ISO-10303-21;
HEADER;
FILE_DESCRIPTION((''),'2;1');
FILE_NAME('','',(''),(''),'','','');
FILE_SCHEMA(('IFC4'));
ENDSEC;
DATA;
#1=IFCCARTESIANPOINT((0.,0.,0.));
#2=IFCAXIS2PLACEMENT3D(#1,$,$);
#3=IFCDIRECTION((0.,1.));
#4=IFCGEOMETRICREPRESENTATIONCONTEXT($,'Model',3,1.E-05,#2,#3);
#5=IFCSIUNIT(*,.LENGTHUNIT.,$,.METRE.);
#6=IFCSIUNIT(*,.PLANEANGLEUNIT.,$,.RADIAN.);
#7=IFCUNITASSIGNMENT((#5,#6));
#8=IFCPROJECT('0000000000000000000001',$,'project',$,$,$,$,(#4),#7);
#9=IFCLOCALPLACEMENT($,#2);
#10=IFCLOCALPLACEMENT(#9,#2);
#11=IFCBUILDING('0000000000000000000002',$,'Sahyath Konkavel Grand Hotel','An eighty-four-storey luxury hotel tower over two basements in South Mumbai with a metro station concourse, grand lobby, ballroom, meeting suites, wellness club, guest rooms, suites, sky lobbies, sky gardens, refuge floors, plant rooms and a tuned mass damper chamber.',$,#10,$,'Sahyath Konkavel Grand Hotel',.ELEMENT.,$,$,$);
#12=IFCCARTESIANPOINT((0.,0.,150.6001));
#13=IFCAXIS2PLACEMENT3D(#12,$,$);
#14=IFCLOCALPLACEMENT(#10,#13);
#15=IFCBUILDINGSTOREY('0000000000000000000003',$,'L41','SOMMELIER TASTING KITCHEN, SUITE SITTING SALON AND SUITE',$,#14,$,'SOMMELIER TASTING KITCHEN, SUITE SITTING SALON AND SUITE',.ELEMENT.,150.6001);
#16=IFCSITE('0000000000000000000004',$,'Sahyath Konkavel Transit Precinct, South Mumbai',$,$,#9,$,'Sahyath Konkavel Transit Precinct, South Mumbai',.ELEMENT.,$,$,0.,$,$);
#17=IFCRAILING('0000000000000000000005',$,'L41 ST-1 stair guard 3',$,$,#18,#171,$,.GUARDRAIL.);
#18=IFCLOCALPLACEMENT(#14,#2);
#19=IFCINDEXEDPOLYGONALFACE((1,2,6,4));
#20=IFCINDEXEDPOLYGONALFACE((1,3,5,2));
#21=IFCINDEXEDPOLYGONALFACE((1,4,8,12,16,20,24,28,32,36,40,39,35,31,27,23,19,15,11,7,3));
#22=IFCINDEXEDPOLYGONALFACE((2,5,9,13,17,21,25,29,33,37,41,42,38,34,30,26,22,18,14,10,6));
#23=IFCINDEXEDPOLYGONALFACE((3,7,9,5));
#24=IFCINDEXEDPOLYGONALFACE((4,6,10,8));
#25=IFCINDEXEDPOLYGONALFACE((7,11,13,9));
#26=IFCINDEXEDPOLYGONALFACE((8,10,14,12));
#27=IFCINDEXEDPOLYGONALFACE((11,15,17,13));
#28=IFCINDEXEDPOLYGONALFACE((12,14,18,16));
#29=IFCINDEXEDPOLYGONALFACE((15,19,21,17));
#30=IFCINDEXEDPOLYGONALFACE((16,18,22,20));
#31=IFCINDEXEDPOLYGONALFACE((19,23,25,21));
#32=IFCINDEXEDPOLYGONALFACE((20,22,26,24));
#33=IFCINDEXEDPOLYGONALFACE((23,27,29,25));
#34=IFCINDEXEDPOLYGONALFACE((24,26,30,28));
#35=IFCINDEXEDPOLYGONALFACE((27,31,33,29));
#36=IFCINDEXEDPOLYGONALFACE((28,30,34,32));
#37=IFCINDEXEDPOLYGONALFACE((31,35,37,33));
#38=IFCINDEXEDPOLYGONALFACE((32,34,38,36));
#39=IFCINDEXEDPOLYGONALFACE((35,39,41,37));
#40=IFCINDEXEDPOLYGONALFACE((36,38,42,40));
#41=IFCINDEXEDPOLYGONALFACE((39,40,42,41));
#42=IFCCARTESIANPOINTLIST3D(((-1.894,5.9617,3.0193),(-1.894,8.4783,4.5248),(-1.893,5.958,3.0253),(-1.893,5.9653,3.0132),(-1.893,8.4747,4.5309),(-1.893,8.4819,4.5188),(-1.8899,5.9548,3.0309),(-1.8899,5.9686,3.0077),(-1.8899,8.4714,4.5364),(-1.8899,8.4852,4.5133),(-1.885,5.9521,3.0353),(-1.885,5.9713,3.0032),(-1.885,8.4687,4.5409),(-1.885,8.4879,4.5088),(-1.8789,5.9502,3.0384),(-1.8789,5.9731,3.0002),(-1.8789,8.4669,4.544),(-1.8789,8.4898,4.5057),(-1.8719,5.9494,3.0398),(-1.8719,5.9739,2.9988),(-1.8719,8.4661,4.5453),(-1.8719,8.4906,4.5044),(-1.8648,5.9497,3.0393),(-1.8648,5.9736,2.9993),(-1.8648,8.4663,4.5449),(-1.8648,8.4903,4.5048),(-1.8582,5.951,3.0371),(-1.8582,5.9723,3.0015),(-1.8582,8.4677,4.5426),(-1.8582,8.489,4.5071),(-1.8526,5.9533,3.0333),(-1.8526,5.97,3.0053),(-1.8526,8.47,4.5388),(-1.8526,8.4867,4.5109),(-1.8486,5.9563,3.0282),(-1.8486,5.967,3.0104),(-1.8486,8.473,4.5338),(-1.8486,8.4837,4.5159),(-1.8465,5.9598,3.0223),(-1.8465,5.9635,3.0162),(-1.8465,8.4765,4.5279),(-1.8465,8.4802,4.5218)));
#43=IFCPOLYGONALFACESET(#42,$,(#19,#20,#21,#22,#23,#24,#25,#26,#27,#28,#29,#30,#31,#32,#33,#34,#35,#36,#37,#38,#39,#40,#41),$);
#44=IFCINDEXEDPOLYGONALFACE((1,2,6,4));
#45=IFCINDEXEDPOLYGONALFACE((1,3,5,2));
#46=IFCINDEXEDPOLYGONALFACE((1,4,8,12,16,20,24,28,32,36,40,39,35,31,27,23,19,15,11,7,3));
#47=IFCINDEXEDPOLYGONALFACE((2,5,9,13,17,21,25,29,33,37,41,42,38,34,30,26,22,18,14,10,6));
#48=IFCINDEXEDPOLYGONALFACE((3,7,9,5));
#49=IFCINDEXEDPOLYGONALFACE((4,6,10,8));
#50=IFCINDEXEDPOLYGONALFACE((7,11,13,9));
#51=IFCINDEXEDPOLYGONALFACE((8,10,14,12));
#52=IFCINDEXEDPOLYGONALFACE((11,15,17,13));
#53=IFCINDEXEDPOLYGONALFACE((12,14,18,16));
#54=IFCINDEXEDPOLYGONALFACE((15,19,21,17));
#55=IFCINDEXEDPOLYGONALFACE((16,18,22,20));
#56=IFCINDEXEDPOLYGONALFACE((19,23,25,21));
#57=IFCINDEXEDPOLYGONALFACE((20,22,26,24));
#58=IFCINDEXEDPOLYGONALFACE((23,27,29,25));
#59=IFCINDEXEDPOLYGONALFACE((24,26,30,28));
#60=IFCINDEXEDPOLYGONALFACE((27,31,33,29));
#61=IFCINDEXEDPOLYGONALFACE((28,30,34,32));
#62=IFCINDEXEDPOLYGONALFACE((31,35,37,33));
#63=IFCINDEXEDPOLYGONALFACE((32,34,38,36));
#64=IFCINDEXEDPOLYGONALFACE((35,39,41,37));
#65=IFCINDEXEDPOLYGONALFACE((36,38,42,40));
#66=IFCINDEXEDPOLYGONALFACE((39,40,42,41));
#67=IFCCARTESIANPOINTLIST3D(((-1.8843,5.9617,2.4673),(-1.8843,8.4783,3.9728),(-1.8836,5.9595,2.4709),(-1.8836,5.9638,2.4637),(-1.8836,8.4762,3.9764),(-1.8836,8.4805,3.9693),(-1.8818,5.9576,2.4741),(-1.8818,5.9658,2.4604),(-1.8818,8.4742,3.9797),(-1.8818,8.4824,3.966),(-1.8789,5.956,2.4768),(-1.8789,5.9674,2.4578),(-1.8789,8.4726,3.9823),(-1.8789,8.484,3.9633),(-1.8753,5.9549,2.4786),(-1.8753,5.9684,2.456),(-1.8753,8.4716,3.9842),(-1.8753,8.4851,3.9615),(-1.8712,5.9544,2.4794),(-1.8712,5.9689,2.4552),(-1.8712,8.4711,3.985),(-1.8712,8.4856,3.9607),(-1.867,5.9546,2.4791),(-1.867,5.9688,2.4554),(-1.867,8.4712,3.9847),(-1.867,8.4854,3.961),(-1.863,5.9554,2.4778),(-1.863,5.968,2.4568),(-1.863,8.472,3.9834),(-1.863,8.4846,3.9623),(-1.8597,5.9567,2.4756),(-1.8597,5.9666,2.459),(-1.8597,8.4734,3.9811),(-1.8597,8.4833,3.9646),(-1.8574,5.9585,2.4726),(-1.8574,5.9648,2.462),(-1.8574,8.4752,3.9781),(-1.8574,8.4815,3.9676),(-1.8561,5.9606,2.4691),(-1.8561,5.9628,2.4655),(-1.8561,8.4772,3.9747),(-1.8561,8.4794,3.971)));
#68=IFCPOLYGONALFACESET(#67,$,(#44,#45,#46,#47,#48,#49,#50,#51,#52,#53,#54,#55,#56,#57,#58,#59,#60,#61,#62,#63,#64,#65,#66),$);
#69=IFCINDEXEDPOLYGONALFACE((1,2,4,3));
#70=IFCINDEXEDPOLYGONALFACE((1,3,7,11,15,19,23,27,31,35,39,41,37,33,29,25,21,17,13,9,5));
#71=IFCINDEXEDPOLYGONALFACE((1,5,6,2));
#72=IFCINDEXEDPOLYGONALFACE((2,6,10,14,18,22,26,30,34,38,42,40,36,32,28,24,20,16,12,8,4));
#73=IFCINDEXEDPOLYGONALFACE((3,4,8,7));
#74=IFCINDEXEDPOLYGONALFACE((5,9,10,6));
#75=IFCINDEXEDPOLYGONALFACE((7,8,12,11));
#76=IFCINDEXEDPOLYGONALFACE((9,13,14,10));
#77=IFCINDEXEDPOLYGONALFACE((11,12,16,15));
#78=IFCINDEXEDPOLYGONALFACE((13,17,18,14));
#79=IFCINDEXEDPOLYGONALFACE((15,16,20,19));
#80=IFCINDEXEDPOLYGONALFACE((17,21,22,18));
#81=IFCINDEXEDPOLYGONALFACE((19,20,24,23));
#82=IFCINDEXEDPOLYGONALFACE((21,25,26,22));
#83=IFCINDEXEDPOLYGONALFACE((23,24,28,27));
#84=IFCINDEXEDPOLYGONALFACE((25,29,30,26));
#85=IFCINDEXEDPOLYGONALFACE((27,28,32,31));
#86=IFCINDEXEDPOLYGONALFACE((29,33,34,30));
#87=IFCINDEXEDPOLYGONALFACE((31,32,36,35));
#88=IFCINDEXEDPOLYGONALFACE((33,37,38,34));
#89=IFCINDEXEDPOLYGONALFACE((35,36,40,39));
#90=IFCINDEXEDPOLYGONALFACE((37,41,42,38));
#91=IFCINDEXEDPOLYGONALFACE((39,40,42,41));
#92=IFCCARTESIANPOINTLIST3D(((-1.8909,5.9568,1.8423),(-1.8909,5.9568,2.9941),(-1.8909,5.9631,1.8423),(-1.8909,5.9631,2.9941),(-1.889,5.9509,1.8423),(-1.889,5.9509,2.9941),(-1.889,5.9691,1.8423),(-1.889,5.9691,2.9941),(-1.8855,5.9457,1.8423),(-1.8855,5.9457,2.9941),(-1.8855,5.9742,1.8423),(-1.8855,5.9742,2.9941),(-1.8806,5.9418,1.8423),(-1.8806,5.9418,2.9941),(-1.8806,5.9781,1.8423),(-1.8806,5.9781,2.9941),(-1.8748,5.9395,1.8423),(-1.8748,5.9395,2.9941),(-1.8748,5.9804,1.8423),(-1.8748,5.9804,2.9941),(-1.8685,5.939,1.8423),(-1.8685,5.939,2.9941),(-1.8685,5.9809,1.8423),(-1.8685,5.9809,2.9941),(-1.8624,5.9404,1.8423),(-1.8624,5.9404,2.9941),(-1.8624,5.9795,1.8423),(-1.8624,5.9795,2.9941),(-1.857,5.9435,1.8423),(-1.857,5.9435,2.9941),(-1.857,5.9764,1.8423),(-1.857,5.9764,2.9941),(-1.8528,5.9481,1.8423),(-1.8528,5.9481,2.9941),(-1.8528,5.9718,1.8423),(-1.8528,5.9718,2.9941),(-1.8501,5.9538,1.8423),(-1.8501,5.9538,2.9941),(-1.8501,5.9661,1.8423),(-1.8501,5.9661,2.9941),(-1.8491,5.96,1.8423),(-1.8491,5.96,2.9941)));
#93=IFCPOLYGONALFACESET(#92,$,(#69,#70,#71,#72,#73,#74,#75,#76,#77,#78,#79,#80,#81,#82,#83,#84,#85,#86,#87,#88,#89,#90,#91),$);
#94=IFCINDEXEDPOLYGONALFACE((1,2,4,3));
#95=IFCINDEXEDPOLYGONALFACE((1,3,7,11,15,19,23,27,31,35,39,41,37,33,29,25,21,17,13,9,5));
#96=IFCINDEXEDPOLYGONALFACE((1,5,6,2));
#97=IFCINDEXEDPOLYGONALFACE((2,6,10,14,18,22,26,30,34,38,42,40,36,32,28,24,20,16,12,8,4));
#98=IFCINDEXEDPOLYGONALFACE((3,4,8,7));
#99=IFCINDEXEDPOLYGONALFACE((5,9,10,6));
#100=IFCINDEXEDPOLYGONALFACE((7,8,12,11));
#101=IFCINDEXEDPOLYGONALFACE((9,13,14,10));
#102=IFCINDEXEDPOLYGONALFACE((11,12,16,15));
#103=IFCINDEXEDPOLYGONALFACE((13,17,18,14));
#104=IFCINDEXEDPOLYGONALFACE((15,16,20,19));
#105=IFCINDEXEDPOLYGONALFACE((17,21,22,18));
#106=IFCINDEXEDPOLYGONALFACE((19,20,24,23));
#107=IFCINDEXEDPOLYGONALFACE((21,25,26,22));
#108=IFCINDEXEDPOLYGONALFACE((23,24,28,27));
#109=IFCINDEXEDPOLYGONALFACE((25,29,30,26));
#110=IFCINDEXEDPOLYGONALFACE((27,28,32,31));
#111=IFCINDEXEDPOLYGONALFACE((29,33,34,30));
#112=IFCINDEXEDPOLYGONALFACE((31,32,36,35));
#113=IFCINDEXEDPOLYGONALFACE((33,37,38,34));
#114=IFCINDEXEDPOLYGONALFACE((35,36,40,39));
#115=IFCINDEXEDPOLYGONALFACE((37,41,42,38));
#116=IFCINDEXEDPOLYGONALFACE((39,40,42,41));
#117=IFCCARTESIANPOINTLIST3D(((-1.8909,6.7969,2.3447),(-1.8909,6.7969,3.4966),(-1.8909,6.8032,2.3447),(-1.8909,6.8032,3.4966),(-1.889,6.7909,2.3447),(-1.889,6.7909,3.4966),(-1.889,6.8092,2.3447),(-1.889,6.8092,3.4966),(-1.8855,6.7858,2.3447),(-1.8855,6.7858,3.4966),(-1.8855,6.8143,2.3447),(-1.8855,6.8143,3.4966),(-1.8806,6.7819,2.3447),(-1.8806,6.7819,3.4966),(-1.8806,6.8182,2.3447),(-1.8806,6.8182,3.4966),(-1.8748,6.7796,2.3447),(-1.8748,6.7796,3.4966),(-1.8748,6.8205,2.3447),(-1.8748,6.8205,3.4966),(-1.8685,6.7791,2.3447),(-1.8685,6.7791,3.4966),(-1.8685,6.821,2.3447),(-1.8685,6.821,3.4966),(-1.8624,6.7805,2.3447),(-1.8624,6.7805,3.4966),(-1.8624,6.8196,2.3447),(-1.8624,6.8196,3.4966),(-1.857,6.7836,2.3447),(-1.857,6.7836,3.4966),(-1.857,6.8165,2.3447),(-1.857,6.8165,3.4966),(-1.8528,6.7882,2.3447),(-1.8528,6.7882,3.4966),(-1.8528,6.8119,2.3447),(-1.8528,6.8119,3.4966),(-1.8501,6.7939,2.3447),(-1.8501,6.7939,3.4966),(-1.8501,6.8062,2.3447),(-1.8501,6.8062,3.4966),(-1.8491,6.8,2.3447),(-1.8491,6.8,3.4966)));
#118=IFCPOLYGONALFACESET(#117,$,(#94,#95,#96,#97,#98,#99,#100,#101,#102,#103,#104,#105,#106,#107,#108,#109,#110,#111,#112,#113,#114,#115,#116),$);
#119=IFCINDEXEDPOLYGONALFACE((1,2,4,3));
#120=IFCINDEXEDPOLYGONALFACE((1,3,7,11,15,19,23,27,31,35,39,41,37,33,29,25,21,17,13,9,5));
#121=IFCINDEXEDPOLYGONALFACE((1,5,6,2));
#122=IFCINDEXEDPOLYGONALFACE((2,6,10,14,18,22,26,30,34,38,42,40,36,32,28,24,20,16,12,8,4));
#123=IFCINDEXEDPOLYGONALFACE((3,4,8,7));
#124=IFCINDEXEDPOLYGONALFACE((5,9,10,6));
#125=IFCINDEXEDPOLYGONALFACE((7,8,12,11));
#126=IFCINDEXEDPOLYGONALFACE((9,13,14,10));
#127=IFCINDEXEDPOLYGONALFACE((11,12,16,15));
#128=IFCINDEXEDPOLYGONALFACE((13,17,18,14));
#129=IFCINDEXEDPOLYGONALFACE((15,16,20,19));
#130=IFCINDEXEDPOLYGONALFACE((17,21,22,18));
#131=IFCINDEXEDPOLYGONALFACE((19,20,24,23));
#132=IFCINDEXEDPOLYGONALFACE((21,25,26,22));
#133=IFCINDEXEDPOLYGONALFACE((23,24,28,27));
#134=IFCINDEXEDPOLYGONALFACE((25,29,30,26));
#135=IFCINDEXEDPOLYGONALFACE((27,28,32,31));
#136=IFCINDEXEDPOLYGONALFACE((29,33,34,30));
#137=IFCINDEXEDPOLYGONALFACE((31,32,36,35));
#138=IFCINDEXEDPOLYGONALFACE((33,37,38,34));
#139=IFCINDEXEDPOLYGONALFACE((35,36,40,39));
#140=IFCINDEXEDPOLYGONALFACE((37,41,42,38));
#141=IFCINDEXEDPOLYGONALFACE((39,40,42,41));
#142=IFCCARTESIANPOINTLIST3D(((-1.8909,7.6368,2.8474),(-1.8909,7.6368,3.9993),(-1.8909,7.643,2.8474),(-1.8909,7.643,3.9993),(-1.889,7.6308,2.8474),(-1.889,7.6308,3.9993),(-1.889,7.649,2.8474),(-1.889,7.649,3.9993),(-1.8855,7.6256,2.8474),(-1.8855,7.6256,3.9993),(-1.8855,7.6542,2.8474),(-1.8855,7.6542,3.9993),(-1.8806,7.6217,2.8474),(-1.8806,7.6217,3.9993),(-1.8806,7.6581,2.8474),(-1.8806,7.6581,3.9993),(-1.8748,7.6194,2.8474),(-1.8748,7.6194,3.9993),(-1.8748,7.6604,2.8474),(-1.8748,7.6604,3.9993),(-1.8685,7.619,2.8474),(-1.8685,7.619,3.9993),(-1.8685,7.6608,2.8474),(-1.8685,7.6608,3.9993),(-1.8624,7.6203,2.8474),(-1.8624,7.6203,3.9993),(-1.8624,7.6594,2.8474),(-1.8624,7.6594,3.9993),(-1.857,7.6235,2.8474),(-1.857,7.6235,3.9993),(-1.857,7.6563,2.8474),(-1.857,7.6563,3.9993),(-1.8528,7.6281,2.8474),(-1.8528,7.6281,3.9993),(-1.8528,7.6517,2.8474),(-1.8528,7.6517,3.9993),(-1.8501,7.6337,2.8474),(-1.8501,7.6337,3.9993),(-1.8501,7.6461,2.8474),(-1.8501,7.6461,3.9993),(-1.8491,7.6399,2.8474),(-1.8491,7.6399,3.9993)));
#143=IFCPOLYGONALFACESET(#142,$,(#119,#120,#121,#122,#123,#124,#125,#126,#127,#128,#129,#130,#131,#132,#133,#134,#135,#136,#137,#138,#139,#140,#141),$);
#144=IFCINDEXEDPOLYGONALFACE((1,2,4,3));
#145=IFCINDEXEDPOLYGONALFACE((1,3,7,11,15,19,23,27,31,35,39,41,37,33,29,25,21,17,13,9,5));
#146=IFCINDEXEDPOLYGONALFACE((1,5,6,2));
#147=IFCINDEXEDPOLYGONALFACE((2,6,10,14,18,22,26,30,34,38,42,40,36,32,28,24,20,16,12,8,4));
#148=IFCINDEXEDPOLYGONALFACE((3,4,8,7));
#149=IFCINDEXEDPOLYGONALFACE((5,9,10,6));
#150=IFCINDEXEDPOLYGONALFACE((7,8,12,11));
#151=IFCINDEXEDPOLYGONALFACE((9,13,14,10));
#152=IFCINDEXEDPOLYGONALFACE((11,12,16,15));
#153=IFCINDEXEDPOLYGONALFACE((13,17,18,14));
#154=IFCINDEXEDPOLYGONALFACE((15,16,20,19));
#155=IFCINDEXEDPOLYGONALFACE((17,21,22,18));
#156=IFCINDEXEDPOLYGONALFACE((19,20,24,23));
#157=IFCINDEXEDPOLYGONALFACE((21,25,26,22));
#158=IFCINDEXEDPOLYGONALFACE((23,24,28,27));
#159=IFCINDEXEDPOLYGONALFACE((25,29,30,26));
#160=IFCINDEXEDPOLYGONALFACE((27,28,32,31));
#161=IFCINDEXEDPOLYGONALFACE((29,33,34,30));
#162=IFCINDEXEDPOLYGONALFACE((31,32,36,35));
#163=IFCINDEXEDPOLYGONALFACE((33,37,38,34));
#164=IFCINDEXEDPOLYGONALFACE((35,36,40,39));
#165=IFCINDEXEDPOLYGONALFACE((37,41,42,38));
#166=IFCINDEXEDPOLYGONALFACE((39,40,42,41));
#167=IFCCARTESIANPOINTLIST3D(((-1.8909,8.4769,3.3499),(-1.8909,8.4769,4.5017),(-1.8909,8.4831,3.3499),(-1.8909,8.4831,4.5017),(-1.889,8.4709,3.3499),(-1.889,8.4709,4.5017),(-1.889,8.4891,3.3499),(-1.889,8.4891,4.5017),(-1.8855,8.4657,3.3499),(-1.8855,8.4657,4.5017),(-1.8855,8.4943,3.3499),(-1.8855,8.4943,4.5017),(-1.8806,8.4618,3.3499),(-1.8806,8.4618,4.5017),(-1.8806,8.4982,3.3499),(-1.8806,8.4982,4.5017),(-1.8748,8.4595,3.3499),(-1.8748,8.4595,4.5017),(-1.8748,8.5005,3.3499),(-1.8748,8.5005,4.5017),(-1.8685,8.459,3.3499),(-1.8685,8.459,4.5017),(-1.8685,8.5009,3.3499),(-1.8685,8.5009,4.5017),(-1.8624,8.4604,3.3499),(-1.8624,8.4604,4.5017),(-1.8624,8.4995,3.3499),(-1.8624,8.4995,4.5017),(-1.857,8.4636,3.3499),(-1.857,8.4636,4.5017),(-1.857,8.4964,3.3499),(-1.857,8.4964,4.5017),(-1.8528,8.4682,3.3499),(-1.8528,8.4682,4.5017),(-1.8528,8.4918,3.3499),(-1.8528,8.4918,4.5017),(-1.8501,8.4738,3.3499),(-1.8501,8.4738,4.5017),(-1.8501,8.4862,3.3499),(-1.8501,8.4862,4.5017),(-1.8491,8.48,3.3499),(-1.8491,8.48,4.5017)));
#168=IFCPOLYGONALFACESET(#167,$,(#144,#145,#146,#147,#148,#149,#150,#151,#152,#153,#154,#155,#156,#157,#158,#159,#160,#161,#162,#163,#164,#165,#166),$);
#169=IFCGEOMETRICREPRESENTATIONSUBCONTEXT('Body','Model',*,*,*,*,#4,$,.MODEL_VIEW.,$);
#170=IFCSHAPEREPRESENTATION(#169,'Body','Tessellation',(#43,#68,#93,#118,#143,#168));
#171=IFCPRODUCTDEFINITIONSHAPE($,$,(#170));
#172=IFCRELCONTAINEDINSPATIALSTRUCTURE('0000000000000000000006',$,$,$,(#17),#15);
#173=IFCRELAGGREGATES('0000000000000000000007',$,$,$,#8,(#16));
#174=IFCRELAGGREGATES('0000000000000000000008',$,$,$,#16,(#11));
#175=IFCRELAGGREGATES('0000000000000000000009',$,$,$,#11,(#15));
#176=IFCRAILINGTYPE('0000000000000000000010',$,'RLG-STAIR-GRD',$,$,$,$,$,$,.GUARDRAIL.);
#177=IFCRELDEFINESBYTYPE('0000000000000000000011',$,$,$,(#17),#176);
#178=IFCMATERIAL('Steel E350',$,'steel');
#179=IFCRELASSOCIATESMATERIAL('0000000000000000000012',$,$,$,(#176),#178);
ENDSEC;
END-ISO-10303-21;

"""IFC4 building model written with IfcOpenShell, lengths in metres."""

from ifc_helpers import new_model, si_unit, direction, frame, origin, origin_2d, place, context, subcontext, project, spatial, circle, extrude, material, type_object, element, save


model = new_model("IFC4")

# Units and contexts
model_context = context("Model", 3, precision=1e-05, world=origin(), true_north=direction((0.0, 1.0)))
body_context = subcontext(model_context, "Body", "Model", "MODEL_VIEW")
ifc_project = project(units=[si_unit("LENGTHUNIT", "METRE"), si_unit("PLANEANGLEUNIT", "RADIAN")], contexts=[model_context])

# Site, building, storey
site_placement = place(None, origin())
site = spatial("IfcSite", under=ifc_project, at=site_placement, Name="Sahyath Konkavel Transit Precinct, South Mumbai", LongName="Sahyath Konkavel Transit Precinct, South Mumbai", CompositionType="ELEMENT", RefElevation=0.0)
building_placement = place(site_placement, origin())
building = spatial("IfcBuilding", under=site, at=building_placement, Name="Sahyath Konkavel Grand Hotel", Description="An eighty-four-storey luxury hotel tower over two basements in South Mumbai with a metro station concourse, grand lobby, ballroom, meeting suites, wellness club, guest rooms, suites, sky lobbies, sky gardens, refuge floors, plant rooms and a tuned mass damper chamber.", LongName="Sahyath Konkavel Grand Hotel", CompositionType="ELEMENT")
storey_placement = place(building_placement, frame((0.0, 0.0, 150.6001)))
storey = spatial("IfcBuildingStorey", under=building, at=storey_placement, Name="L41", Description="SOMMELIER TASTING KITCHEN, SUITE SITTING SALON AND SUITE", LongName="SOMMELIER TASTING KITCHEN, SUITE SITTING SALON AND SUITE", CompositionType="ELEMENT", Elevation=150.6001)

# Shared definitions
ifc_material_1 = material(Name="Steel E350", Category="steel")

# Railing
railing_type_1 = type_object("IfcRailingType", Name="RLG-STAIR-GRD", PredefinedType="GUARDRAIL", material=ifc_material_1)
railing_1_placement = place(storey_placement, frame((-1.8701, 5.96, 1.8423)))
element("IfcRailing", 1, at=railing_1_placement, inside=storey, type_object=railing_type_1, Name="L41 ST-1 stair guard 3", PredefinedType="GUARDRAIL", context=body_context, shape_type="SweptSolid", body=[
    extrude(circle(Radius=0.0239, at=origin_2d()), frame((0.0, 0.0017, 1.177), z_axis=(0.0, 0.85816, 0.513383), x_axis=(-1.0, 0.0, 0.0)), (0.0, 0.0, 1.0), 2.9326),
    extrude(circle(Radius=0.0142, at=origin_2d()), frame((0.0, 0.0017, 0.625), z_axis=(0.0, 0.85816, 0.513383), x_axis=(-1.0, 0.0, 0.0)), (0.0, 0.0, 1.0), 2.9326),
    extrude(circle(Radius=0.021, at=origin_2d()), origin(), (0.0, 0.0, 1.0), 1.1519),
    extrude(circle(Radius=0.021, at=origin_2d()), frame((0.0, 0.8401, 0.5024)), (0.0, 0.0, 1.0), 1.1519),
    extrude(circle(Radius=0.021, at=origin_2d()), frame((0.0, 1.6799, 1.0051)), (0.0, 0.0, 1.0), 1.1519),
    extrude(circle(Radius=0.021, at=origin_2d()), frame((0.0, 2.52, 1.5076)), (0.0, 0.0, 1.0), 1.1519),
])

save(model, "model.ifc")
